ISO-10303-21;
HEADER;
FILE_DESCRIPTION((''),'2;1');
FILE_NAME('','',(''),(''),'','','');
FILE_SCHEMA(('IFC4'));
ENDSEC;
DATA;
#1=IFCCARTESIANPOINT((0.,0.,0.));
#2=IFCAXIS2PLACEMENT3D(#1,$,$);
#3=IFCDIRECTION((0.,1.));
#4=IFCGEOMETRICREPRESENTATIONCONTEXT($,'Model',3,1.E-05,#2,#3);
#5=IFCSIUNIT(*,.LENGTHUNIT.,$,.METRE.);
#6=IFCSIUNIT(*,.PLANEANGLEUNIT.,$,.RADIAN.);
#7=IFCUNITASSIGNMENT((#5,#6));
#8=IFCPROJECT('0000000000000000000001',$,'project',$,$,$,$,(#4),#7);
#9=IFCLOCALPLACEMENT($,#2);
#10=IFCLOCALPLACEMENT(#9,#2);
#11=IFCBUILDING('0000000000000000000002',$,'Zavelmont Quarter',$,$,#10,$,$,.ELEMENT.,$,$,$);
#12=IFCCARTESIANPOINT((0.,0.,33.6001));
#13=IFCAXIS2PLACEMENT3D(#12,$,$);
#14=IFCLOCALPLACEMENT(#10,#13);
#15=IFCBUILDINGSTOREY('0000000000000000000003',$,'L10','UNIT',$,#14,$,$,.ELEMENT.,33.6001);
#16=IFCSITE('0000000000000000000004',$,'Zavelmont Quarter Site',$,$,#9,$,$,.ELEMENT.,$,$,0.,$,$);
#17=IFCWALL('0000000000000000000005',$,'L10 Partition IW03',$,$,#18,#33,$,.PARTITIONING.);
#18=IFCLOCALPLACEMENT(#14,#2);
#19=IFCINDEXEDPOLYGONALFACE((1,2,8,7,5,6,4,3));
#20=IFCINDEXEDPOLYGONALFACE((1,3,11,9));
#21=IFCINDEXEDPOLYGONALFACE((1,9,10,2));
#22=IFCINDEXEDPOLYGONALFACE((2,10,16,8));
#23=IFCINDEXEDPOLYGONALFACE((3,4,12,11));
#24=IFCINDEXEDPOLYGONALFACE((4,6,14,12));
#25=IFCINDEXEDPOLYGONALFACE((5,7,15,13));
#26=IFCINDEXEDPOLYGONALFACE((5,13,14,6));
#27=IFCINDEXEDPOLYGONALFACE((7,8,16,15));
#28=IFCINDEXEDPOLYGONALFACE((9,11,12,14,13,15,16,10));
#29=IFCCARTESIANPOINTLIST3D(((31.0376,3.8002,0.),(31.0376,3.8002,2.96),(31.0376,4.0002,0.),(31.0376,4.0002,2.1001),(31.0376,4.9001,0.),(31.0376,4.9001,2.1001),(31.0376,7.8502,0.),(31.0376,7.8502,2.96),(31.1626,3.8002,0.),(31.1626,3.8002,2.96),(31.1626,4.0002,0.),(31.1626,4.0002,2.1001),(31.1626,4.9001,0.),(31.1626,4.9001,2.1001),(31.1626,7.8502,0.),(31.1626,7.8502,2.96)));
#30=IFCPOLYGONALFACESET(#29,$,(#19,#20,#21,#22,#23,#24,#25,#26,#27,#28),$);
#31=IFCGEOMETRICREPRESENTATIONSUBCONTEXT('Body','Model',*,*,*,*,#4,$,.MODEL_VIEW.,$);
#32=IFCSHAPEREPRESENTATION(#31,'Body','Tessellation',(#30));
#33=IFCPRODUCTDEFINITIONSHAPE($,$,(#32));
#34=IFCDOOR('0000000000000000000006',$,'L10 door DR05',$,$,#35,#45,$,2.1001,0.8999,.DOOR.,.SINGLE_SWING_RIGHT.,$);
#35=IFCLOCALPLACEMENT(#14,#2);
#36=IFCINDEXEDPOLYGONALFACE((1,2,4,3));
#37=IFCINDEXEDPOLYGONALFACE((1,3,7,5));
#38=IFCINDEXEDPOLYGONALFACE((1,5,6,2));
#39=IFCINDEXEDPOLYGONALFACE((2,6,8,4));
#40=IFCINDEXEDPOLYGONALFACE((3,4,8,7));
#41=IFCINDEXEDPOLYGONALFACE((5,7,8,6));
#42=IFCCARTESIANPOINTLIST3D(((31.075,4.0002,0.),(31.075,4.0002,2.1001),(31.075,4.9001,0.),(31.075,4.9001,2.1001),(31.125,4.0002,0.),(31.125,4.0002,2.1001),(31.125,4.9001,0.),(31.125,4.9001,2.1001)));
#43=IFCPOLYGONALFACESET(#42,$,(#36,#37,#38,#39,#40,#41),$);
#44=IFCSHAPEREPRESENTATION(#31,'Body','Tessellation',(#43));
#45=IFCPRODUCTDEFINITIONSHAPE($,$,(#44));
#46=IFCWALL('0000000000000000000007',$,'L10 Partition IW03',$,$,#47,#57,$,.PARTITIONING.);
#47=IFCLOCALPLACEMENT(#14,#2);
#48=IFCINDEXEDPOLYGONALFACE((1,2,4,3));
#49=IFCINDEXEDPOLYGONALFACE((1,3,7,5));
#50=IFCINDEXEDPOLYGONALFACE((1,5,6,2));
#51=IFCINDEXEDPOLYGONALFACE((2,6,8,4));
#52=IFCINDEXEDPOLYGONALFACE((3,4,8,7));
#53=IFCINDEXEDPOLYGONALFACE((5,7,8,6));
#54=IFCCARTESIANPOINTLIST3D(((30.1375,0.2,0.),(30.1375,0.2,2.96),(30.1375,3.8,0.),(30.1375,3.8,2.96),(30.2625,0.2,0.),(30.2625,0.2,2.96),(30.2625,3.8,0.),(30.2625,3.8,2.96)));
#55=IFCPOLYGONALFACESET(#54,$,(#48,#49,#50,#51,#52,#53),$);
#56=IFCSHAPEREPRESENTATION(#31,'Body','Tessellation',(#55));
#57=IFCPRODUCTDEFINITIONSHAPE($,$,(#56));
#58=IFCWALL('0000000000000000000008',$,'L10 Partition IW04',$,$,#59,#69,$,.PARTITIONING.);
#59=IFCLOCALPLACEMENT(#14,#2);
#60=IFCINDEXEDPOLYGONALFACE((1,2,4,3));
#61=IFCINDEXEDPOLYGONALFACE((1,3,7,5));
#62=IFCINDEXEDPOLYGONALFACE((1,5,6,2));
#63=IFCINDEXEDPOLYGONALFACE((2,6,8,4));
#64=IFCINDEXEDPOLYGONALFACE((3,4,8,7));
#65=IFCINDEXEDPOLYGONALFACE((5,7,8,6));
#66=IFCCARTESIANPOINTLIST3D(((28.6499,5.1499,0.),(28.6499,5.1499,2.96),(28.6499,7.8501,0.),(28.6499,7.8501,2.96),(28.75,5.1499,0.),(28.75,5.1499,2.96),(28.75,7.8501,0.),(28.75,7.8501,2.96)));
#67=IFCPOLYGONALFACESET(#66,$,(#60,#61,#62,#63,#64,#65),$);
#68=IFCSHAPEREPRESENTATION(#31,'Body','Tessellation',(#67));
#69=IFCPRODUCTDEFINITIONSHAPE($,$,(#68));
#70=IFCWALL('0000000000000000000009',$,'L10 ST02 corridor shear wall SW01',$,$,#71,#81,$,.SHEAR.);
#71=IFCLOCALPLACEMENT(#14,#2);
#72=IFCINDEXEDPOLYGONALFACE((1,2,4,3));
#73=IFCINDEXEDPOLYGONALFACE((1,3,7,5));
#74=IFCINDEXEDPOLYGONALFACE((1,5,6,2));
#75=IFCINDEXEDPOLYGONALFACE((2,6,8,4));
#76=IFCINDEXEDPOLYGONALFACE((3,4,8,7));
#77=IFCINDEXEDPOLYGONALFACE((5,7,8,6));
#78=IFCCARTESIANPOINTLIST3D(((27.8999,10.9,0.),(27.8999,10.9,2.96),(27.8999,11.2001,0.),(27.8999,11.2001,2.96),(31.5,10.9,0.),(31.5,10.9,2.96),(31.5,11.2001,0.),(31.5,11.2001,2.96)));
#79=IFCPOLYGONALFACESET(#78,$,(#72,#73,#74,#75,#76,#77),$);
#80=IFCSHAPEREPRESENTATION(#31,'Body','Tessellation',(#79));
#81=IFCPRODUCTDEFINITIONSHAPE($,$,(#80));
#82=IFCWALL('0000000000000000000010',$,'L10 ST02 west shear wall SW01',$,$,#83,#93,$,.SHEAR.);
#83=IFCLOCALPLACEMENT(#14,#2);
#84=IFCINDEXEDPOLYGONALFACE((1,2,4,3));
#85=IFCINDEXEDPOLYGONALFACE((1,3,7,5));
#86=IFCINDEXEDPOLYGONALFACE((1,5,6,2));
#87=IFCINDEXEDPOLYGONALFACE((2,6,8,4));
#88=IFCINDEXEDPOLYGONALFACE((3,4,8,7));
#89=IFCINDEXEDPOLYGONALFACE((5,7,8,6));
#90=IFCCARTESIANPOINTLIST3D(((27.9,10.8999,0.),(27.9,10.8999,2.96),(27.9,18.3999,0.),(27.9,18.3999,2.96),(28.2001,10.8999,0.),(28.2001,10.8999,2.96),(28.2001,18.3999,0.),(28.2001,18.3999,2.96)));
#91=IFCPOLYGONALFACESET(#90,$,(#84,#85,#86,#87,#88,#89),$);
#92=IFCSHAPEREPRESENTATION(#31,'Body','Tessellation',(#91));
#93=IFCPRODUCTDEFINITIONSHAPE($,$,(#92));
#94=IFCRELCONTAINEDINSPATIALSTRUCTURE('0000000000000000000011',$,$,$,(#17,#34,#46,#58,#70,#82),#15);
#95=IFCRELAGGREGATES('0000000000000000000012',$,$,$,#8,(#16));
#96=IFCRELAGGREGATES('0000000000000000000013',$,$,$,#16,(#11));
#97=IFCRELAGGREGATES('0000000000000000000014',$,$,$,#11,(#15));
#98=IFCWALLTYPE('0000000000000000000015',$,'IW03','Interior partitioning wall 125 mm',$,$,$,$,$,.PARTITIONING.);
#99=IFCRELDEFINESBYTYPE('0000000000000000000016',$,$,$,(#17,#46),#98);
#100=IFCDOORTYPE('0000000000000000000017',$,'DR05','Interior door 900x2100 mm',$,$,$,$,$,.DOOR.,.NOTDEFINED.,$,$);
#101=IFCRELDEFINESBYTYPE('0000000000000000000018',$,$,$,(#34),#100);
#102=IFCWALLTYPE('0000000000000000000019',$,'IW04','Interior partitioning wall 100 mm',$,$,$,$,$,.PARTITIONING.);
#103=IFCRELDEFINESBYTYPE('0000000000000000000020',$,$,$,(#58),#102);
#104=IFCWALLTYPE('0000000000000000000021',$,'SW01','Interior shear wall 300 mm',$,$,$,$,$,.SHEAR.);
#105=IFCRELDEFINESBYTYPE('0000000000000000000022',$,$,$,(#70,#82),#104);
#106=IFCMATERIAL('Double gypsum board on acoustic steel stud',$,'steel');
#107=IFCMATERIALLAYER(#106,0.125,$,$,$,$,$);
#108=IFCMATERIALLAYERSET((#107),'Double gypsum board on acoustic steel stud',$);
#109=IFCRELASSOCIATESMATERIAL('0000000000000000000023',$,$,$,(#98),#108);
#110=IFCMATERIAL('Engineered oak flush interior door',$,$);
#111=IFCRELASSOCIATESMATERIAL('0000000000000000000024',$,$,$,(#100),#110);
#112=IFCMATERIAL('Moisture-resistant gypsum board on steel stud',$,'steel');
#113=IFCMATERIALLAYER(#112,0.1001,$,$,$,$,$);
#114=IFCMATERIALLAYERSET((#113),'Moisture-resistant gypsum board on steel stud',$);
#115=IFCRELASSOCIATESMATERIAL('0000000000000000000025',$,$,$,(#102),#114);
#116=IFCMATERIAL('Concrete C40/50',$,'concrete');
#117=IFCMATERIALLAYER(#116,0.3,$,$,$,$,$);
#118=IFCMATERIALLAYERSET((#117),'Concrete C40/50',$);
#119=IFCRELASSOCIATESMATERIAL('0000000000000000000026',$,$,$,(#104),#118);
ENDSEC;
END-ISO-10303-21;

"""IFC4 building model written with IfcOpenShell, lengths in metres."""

from ifc_helpers import new_model, si_unit, direction, frame, frame_2d, origin, origin_with_axes, place, context, subcontext, project, spatial, rectangle, extrude, material, layer, layer_set, type_object, element, fill, save


model = new_model("IFC4")

# Units and contexts
model_context = context("Model", 3, precision=1e-05, world=origin(), true_north=direction((0.0, 1.0)))
body_context = subcontext(model_context, "Body", "Model", "MODEL_VIEW")
ifc_project = project(units=[si_unit("LENGTHUNIT", "METRE"), si_unit("PLANEANGLEUNIT", "RADIAN")], contexts=[model_context])

# Site, building, storey
site_placement = place(None, origin())
site = spatial("IfcSite", under=ifc_project, at=site_placement, Name="Zavelmont Quarter Site", CompositionType="ELEMENT", RefElevation=0.0)
building_placement = place(site_placement, origin())
building = spatial("IfcBuilding", under=site, at=building_placement, Name="Zavelmont Quarter", CompositionType="ELEMENT")
storey_placement = place(building_placement, frame((0.0, 0.0, 33.6001)))
storey = spatial("IfcBuildingStorey", under=building, at=storey_placement, Name="L10", Description="UNIT", CompositionType="ELEMENT", Elevation=33.6001)

# Shared definitions
ifc_material_1 = material(Name="Concrete C40/50", Category="concrete")

# Wall, opening, door
ifc_material_2 = material(Name="Double gypsum board on acoustic steel stud", Category="steel")
ifc_layer_1 = layer(ifc_material_2, 0.125)
ifc_layer_set_1 = layer_set([ifc_layer_1], Name="Double gypsum board on acoustic steel stud")
wall_type_1 = type_object("IfcWallType", Name="IW03", Description="Interior partitioning wall 125 mm", PredefinedType="PARTITIONING", material=ifc_layer_set_1)
wall_1_placement = place(storey_placement, frame((31.1001, 7.8501, 0.0), z_axis=(0.0, 0.0, 1.0), x_axis=(0.0, -1.0, 0.0)))
wall_1 = element("IfcWall", 1, at=wall_1_placement, inside=storey, type_object=wall_type_1, Name="L10 Partition IW03", PredefinedType="PARTITIONING", context=body_context, shape_type="SweptSolid", body=[
    extrude(rectangle(XDim=4.05, YDim=0.125, at=frame_2d((2.0249, 0.0))), origin(), (0.0, 0.0, 1.0), 2.96),
])
opening_1_placement = place(wall_1_placement, frame((2.95, 0.0, 0.0)))
opening_1 = element("IfcOpeningElement", 2, at=opening_1_placement, cuts=wall_1, PredefinedType="OPENING", context=body_context, shape_type="SweptSolid", body=[
    extrude(rectangle(XDim=0.8999, YDim=2.1001, at=frame_2d((0.45, 1.05))), frame((0.0, 0.0745, 0.0), z_axis=(0.0, -1.0, 0.0), x_axis=(1.0, 0.0, 0.0)), (0.0, 0.0, 1.0), 0.1489),
])
ifc_material_3 = material(Name="Engineered oak flush interior door")
door_type_1 = type_object("IfcDoorType", Name="DR05", Description="Interior door 900x2100 mm", OperationType="NOTDEFINED", PredefinedType="DOOR", material=ifc_material_3)
door_1_placement = place(opening_1_placement, origin_with_axes())
door_1 = element("IfcDoor", 3, at=door_1_placement, inside=storey, type_object=door_type_1, Name="L10 door DR05", OperationType="SINGLE_SWING_RIGHT", OverallHeight=2.1001, OverallWidth=0.8999, PredefinedType="DOOR", context=body_context, shape_type="SweptSolid", body=[
    extrude(rectangle(XDim=0.8999, YDim=2.1001, at=frame_2d((0.45, 1.05))), frame((0.0, 0.0249, 0.0), z_axis=(0.0, -1.0, 0.0), x_axis=(1.0, 0.0, 0.0)), (0.0, 0.0, 1.0), 0.05),
])
fill(opening_1, door_1)

# Walls
wall_2_placement = place(storey_placement, frame((30.2, 3.8, 0.0), z_axis=(0.0, 0.0, 1.0), x_axis=(0.0, -1.0, 0.0)))
element("IfcWall", 4, at=wall_2_placement, inside=storey, type_object=wall_type_1, Name="L10 Partition IW03", PredefinedType="PARTITIONING", context=body_context, shape_type="SweptSolid", body=[
    extrude(rectangle(XDim=3.6001, YDim=0.125, at=frame_2d((1.8, 0.0))), origin(), (0.0, 0.0, 1.0), 2.96),
])
ifc_material_4 = material(Name="Moisture-resistant gypsum board on steel stud", Category="steel")
ifc_layer_2 = layer(ifc_material_4, 0.1001)
ifc_layer_set_2 = layer_set([ifc_layer_2], Name="Moisture-resistant gypsum board on steel stud")
wall_type_2 = type_object("IfcWallType", Name="IW04", Description="Interior partitioning wall 100 mm", PredefinedType="PARTITIONING", material=ifc_layer_set_2)
wall_3_placement = place(storey_placement, frame((28.7, 7.8501, 0.0), z_axis=(0.0, 0.0, 1.0), x_axis=(0.0, -1.0, 0.0)))
element("IfcWall", 5, at=wall_3_placement, inside=storey, type_object=wall_type_2, Name="L10 Partition IW04", PredefinedType="PARTITIONING", context=body_context, shape_type="SweptSolid", body=[
    extrude(rectangle(XDim=2.7002, YDim=0.1001, at=frame_2d((1.3501, 0.0))), origin(), (0.0, 0.0, 1.0), 2.96),
])
ifc_layer_3 = layer(ifc_material_1, 0.3)
ifc_layer_set_3 = layer_set([ifc_layer_3], Name="Concrete C40/50")
wall_type_3 = type_object("IfcWallType", Name="SW01", Description="Interior shear wall 300 mm", PredefinedType="SHEAR", material=ifc_layer_set_3)
wall_4_placement = place(storey_placement, frame((27.8999, 11.05, 0.0), z_axis=(0.0, 0.0, 1.0), x_axis=(1.0, 0.0, 0.0)))
element("IfcWall", 6, at=wall_4_placement, inside=storey, type_object=wall_type_3, Name="L10 ST02 corridor shear wall SW01", PredefinedType="SHEAR", context=body_context, shape_type="SweptSolid", body=[
    extrude(rectangle(XDim=3.6001, YDim=0.3, at=frame_2d((1.8, 0.0))), origin(), (0.0, 0.0, 1.0), 2.96),
])
wall_5_placement = place(storey_placement, frame((28.05, 10.8999, 0.0), z_axis=(0.0, 0.0, 1.0), x_axis=(0.0, 1.0, 0.0)))
element("IfcWall", 7, at=wall_5_placement, inside=storey, type_object=wall_type_3, Name="L10 ST02 west shear wall SW01", PredefinedType="SHEAR", context=body_context, shape_type="SweptSolid", body=[
    extrude(rectangle(XDim=7.5, YDim=0.3, at=frame_2d((3.75, 0.0))), origin(), (0.0, 0.0, 1.0), 2.96),
])

save(model, "model.ifc")
